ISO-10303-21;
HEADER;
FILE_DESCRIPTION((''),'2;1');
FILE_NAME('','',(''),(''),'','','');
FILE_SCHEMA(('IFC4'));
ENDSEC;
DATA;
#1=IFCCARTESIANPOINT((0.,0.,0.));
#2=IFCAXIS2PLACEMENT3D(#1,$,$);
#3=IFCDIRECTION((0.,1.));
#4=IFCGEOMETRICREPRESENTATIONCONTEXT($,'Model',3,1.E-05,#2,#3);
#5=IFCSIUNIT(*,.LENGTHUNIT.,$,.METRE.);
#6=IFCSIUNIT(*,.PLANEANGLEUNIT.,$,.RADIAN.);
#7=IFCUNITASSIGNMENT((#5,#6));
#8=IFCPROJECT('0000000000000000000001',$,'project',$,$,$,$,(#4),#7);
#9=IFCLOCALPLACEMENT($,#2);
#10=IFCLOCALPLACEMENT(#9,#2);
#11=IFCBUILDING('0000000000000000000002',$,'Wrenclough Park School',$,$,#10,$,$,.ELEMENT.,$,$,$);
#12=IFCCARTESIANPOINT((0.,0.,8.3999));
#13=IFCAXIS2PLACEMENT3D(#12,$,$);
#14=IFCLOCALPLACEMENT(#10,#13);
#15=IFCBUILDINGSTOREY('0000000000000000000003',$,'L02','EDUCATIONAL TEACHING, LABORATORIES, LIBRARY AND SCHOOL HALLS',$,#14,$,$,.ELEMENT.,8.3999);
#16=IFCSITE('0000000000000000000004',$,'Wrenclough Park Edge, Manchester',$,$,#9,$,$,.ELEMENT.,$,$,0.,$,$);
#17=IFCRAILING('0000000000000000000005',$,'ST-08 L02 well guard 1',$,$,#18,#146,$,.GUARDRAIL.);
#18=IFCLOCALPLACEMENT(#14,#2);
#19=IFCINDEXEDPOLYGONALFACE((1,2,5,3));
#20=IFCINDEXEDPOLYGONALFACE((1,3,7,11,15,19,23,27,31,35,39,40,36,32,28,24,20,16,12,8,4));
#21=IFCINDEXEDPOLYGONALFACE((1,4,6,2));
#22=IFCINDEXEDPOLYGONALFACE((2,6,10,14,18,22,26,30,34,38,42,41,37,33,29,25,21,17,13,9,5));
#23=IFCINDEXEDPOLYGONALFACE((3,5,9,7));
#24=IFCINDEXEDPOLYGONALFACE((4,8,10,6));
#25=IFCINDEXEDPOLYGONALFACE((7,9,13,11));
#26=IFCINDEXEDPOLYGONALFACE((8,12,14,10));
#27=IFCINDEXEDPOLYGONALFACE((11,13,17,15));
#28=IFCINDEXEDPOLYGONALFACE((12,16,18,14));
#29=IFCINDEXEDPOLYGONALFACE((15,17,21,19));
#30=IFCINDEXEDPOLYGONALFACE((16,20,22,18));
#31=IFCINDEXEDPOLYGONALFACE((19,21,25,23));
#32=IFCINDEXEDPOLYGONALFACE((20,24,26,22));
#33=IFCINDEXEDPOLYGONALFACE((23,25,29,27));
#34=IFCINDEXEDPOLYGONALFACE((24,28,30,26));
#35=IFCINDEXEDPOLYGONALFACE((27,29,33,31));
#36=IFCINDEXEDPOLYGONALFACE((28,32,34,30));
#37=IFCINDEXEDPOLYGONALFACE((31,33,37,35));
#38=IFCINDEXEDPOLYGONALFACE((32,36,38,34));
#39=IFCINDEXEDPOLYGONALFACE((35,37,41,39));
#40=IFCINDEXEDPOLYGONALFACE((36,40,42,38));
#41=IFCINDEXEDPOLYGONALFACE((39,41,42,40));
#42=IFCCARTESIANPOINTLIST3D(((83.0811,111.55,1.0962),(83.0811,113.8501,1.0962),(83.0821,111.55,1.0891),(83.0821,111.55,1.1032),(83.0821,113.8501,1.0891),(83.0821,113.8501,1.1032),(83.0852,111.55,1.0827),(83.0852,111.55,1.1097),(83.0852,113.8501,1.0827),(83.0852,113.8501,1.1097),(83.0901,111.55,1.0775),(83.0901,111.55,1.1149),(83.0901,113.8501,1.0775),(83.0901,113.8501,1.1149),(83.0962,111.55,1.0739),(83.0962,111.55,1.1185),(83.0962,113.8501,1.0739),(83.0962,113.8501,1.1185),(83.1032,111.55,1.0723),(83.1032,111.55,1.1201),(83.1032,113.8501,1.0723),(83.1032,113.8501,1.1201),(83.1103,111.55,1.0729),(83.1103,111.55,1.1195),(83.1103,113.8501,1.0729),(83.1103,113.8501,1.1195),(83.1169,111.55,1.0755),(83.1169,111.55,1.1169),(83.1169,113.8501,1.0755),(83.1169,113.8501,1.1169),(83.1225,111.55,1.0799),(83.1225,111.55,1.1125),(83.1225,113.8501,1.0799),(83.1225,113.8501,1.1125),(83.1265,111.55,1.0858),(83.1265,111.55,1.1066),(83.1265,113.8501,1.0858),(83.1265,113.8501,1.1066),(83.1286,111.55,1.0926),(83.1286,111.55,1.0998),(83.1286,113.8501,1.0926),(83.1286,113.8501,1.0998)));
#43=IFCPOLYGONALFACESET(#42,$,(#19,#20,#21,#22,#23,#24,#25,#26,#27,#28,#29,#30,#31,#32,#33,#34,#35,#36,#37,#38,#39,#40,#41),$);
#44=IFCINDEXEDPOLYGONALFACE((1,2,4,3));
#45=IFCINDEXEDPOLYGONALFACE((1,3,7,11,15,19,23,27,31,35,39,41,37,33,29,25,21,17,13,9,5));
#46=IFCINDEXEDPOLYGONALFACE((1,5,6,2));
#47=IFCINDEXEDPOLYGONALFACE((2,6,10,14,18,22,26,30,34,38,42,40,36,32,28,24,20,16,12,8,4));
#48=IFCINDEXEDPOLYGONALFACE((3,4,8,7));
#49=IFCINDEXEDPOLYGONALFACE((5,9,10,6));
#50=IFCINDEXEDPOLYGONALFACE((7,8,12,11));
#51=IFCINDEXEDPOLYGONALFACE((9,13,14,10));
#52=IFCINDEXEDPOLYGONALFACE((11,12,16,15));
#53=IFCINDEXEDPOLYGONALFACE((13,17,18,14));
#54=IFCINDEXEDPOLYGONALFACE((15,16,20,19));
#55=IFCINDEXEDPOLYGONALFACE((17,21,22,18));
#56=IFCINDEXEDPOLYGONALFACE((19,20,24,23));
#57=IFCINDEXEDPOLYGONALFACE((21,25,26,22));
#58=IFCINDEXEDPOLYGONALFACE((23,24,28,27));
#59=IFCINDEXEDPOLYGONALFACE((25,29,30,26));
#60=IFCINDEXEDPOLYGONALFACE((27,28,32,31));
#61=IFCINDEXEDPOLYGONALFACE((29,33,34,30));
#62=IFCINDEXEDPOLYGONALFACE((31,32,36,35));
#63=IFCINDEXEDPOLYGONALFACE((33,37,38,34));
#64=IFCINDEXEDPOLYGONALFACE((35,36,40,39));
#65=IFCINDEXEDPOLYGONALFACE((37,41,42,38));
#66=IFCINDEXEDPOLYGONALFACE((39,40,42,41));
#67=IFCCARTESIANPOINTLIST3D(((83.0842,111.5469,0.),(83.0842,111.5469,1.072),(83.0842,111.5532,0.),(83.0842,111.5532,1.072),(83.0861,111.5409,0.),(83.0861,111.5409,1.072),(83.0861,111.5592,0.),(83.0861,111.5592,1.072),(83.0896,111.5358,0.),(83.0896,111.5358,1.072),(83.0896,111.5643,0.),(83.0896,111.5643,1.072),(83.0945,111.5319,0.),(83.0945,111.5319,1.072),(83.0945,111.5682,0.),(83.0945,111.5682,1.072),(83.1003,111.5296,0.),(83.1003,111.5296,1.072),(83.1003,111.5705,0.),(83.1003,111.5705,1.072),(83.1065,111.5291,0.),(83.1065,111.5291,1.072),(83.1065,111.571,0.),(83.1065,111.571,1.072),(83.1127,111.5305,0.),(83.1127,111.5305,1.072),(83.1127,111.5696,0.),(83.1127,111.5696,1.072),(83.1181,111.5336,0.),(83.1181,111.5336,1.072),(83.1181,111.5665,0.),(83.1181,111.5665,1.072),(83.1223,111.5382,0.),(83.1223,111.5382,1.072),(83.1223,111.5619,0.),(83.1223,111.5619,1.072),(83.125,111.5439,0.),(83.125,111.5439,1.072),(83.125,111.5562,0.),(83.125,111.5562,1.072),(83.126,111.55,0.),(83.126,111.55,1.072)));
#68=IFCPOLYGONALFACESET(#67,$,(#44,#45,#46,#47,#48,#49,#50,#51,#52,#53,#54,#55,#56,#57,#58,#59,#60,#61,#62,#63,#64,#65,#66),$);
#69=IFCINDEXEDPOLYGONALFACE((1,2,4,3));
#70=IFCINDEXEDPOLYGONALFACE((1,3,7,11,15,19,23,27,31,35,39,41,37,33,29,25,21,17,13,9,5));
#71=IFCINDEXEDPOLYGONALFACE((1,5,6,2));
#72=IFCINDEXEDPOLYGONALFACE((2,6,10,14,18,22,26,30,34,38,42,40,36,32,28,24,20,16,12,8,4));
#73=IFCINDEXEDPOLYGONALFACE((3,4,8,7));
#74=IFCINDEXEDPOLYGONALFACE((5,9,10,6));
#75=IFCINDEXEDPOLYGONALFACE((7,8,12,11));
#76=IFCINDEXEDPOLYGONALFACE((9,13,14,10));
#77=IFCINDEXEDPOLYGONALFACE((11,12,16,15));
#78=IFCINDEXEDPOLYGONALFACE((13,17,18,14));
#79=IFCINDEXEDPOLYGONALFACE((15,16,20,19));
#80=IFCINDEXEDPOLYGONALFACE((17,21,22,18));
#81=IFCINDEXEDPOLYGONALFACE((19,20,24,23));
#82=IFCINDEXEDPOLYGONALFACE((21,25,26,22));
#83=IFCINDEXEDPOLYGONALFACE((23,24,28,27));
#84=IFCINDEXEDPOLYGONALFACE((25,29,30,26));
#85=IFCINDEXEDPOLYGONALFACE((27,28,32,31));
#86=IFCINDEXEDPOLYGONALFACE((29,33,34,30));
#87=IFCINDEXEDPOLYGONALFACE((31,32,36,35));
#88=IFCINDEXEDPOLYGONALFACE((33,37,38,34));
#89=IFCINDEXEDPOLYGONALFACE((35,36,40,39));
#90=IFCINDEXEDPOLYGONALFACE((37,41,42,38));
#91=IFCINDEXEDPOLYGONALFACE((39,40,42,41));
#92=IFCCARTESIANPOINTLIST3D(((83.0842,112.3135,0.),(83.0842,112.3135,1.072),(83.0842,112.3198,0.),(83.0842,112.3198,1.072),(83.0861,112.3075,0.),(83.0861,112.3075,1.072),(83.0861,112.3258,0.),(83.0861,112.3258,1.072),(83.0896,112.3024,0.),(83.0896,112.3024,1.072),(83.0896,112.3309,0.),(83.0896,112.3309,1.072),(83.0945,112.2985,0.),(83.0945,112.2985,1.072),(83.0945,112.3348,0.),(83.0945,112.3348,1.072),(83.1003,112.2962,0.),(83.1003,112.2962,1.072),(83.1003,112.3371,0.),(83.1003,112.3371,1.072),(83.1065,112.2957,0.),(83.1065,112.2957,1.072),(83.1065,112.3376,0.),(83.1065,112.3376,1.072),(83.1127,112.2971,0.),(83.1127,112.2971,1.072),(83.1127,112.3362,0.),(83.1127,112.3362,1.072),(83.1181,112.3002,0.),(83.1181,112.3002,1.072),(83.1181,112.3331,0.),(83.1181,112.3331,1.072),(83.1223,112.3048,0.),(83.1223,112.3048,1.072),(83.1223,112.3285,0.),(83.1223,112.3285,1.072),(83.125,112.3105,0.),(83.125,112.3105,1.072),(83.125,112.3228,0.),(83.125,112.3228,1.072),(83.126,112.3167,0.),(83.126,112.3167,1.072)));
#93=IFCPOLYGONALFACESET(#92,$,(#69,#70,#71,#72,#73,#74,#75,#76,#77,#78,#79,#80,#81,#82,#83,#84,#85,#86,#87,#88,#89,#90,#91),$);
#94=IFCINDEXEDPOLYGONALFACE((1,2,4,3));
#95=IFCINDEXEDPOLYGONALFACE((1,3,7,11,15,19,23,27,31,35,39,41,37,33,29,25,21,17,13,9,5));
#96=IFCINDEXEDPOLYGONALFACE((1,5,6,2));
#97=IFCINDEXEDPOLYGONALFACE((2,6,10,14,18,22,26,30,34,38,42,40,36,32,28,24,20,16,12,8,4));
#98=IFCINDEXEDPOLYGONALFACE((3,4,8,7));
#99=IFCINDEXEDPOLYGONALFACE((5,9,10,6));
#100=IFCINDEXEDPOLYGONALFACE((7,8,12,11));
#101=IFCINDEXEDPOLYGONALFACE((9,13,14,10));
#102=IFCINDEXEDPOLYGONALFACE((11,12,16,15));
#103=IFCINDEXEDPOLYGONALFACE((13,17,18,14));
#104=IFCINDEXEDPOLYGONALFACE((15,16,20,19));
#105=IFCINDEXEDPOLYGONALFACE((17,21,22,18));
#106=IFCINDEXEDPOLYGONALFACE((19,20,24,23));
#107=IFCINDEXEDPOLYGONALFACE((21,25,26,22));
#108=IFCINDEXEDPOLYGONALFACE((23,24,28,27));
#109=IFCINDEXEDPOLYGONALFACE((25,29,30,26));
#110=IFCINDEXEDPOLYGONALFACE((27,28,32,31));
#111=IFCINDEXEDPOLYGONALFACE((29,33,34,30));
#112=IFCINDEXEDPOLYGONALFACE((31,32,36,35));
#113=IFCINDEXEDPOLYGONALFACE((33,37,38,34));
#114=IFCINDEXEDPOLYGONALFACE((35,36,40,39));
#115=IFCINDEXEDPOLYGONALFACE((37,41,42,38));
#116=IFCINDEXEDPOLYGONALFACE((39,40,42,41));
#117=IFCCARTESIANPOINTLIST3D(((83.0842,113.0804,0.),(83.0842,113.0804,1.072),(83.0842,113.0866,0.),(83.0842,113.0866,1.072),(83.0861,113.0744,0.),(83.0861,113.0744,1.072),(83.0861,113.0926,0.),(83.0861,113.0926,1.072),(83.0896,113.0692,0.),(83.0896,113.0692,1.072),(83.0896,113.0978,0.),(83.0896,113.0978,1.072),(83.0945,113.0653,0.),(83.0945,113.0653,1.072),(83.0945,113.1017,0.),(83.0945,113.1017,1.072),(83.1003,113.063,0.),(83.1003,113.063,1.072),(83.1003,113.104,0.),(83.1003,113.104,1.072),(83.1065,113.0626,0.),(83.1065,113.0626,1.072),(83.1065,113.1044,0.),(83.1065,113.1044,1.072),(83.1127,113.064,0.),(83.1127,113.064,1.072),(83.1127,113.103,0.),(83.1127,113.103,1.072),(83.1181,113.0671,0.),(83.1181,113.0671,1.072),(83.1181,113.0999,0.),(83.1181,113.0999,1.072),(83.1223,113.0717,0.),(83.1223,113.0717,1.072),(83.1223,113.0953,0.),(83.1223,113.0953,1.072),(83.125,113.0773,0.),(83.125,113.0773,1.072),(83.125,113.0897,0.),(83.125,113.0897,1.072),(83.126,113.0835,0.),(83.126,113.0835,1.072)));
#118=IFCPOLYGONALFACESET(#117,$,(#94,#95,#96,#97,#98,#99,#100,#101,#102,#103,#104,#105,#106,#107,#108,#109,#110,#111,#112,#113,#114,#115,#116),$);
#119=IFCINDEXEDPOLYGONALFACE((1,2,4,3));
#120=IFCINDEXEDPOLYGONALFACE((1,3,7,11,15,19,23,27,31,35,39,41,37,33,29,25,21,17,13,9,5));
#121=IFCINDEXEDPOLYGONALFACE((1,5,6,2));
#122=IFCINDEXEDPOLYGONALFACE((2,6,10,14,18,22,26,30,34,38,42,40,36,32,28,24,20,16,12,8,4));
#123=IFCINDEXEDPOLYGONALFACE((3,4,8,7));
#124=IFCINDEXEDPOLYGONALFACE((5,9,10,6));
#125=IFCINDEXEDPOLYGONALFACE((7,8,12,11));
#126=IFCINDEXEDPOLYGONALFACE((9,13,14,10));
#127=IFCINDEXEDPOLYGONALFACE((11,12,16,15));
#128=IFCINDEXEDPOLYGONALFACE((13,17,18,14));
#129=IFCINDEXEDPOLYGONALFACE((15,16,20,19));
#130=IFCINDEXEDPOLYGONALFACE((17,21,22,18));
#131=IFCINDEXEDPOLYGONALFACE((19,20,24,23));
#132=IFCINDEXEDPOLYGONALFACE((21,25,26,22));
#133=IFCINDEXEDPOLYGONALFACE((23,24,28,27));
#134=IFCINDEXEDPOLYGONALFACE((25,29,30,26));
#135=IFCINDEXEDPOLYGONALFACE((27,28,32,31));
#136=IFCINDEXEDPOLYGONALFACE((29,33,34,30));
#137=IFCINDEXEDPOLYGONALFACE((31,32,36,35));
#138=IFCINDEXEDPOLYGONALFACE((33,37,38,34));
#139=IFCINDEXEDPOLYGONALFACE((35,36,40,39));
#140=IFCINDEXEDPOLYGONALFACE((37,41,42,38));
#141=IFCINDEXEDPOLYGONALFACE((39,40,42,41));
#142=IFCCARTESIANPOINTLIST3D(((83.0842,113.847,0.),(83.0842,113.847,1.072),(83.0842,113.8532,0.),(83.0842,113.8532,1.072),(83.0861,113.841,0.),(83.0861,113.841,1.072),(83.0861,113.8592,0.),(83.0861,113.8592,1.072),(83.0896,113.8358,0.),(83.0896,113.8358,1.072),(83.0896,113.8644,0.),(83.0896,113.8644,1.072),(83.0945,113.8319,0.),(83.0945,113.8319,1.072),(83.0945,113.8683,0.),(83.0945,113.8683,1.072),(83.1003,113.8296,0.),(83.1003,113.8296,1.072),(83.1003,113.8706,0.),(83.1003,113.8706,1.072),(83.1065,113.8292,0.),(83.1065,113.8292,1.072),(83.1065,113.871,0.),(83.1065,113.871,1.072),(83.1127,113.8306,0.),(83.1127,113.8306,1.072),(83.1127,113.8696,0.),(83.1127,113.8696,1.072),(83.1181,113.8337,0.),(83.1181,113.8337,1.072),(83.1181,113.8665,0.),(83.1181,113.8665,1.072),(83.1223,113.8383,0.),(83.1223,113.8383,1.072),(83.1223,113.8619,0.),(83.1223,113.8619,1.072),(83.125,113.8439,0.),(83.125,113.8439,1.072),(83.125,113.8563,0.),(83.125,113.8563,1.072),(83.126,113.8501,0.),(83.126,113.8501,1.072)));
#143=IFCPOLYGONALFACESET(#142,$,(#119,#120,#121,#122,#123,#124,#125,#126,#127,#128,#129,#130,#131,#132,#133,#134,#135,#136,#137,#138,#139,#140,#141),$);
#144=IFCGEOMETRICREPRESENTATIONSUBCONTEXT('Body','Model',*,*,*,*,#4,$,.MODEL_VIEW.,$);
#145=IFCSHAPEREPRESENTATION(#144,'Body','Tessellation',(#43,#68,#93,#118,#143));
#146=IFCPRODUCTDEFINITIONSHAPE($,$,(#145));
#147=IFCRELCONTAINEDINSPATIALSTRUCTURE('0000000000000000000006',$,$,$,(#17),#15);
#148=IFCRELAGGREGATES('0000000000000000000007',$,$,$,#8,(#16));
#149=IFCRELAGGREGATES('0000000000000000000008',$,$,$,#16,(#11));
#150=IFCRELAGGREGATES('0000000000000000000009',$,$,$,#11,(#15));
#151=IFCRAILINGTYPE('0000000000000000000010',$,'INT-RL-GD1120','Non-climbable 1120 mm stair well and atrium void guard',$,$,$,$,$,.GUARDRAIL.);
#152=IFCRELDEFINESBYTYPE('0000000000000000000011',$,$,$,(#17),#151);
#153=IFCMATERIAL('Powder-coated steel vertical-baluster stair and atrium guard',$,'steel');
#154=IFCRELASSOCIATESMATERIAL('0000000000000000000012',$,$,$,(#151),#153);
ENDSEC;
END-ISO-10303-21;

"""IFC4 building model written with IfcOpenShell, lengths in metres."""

from ifc_helpers import new_model, si_unit, direction, frame, origin, origin_2d, place, context, subcontext, project, spatial, circle, extrude, material, type_object, element, save


model = new_model("IFC4")

# Units and contexts
model_context = context("Model", 3, precision=1e-05, world=origin(), true_north=direction((0.0, 1.0)))
body_context = subcontext(model_context, "Body", "Model", "MODEL_VIEW")
ifc_project = project(units=[si_unit("LENGTHUNIT", "METRE"), si_unit("PLANEANGLEUNIT", "RADIAN")], contexts=[model_context])

# Site, building, storey
site_placement = place(None, origin())
site = spatial("IfcSite", under=ifc_project, at=site_placement, Name="Wrenclough Park Edge, Manchester", CompositionType="ELEMENT", RefElevation=0.0)
building_placement = place(site_placement, origin())
building = spatial("IfcBuilding", under=site, at=building_placement, Name="Wrenclough Park School", CompositionType="ELEMENT")
storey_placement = place(building_placement, frame((0.0, 0.0, 8.3999)))
storey = spatial("IfcBuildingStorey", under=building, at=storey_placement, Name="L02", Description="EDUCATIONAL TEACHING, LABORATORIES, LIBRARY AND SCHOOL HALLS", CompositionType="ELEMENT", Elevation=8.3999)

# Railing
ifc_material_1 = material(Name="Powder-coated steel vertical-baluster stair and atrium guard", Category="steel")
railing_type_1 = type_object("IfcRailingType", Name="INT-RL-GD1120", Description="Non-climbable 1120 mm stair well and atrium void guard", PredefinedType="GUARDRAIL", material=ifc_material_1)
railing_1_placement = place(storey_placement, frame((83.105, 111.55, 0.0)))
element("IfcRailing", 1, at=railing_1_placement, inside=storey, type_object=railing_type_1, Name="ST-08 L02 well guard 1", PredefinedType="GUARDRAIL", context=body_context, shape_type="SweptSolid", body=[
    extrude(circle(Radius=0.0239, at=origin_2d()), frame((0.0, 0.0, 1.0962), z_axis=(0.0, 1.0, 0.0), x_axis=(-1.0, 0.0, 0.0)), (0.0, 0.0, 1.0), 2.3),
    extrude(circle(Radius=0.021, at=origin_2d()), origin(), (0.0, 0.0, 1.0), 1.072),
    extrude(circle(Radius=0.021, at=origin_2d()), frame((0.0, 0.7666, 0.0)), (0.0, 0.0, 1.0), 1.072),
    extrude(circle(Radius=0.021, at=origin_2d()), frame((0.0, 1.5334, 0.0)), (0.0, 0.0, 1.0), 1.072),
    extrude(circle(Radius=0.021, at=origin_2d()), frame((0.0, 2.3, 0.0)), (0.0, 0.0, 1.0), 1.072),
])

save(model, "model.ifc")
